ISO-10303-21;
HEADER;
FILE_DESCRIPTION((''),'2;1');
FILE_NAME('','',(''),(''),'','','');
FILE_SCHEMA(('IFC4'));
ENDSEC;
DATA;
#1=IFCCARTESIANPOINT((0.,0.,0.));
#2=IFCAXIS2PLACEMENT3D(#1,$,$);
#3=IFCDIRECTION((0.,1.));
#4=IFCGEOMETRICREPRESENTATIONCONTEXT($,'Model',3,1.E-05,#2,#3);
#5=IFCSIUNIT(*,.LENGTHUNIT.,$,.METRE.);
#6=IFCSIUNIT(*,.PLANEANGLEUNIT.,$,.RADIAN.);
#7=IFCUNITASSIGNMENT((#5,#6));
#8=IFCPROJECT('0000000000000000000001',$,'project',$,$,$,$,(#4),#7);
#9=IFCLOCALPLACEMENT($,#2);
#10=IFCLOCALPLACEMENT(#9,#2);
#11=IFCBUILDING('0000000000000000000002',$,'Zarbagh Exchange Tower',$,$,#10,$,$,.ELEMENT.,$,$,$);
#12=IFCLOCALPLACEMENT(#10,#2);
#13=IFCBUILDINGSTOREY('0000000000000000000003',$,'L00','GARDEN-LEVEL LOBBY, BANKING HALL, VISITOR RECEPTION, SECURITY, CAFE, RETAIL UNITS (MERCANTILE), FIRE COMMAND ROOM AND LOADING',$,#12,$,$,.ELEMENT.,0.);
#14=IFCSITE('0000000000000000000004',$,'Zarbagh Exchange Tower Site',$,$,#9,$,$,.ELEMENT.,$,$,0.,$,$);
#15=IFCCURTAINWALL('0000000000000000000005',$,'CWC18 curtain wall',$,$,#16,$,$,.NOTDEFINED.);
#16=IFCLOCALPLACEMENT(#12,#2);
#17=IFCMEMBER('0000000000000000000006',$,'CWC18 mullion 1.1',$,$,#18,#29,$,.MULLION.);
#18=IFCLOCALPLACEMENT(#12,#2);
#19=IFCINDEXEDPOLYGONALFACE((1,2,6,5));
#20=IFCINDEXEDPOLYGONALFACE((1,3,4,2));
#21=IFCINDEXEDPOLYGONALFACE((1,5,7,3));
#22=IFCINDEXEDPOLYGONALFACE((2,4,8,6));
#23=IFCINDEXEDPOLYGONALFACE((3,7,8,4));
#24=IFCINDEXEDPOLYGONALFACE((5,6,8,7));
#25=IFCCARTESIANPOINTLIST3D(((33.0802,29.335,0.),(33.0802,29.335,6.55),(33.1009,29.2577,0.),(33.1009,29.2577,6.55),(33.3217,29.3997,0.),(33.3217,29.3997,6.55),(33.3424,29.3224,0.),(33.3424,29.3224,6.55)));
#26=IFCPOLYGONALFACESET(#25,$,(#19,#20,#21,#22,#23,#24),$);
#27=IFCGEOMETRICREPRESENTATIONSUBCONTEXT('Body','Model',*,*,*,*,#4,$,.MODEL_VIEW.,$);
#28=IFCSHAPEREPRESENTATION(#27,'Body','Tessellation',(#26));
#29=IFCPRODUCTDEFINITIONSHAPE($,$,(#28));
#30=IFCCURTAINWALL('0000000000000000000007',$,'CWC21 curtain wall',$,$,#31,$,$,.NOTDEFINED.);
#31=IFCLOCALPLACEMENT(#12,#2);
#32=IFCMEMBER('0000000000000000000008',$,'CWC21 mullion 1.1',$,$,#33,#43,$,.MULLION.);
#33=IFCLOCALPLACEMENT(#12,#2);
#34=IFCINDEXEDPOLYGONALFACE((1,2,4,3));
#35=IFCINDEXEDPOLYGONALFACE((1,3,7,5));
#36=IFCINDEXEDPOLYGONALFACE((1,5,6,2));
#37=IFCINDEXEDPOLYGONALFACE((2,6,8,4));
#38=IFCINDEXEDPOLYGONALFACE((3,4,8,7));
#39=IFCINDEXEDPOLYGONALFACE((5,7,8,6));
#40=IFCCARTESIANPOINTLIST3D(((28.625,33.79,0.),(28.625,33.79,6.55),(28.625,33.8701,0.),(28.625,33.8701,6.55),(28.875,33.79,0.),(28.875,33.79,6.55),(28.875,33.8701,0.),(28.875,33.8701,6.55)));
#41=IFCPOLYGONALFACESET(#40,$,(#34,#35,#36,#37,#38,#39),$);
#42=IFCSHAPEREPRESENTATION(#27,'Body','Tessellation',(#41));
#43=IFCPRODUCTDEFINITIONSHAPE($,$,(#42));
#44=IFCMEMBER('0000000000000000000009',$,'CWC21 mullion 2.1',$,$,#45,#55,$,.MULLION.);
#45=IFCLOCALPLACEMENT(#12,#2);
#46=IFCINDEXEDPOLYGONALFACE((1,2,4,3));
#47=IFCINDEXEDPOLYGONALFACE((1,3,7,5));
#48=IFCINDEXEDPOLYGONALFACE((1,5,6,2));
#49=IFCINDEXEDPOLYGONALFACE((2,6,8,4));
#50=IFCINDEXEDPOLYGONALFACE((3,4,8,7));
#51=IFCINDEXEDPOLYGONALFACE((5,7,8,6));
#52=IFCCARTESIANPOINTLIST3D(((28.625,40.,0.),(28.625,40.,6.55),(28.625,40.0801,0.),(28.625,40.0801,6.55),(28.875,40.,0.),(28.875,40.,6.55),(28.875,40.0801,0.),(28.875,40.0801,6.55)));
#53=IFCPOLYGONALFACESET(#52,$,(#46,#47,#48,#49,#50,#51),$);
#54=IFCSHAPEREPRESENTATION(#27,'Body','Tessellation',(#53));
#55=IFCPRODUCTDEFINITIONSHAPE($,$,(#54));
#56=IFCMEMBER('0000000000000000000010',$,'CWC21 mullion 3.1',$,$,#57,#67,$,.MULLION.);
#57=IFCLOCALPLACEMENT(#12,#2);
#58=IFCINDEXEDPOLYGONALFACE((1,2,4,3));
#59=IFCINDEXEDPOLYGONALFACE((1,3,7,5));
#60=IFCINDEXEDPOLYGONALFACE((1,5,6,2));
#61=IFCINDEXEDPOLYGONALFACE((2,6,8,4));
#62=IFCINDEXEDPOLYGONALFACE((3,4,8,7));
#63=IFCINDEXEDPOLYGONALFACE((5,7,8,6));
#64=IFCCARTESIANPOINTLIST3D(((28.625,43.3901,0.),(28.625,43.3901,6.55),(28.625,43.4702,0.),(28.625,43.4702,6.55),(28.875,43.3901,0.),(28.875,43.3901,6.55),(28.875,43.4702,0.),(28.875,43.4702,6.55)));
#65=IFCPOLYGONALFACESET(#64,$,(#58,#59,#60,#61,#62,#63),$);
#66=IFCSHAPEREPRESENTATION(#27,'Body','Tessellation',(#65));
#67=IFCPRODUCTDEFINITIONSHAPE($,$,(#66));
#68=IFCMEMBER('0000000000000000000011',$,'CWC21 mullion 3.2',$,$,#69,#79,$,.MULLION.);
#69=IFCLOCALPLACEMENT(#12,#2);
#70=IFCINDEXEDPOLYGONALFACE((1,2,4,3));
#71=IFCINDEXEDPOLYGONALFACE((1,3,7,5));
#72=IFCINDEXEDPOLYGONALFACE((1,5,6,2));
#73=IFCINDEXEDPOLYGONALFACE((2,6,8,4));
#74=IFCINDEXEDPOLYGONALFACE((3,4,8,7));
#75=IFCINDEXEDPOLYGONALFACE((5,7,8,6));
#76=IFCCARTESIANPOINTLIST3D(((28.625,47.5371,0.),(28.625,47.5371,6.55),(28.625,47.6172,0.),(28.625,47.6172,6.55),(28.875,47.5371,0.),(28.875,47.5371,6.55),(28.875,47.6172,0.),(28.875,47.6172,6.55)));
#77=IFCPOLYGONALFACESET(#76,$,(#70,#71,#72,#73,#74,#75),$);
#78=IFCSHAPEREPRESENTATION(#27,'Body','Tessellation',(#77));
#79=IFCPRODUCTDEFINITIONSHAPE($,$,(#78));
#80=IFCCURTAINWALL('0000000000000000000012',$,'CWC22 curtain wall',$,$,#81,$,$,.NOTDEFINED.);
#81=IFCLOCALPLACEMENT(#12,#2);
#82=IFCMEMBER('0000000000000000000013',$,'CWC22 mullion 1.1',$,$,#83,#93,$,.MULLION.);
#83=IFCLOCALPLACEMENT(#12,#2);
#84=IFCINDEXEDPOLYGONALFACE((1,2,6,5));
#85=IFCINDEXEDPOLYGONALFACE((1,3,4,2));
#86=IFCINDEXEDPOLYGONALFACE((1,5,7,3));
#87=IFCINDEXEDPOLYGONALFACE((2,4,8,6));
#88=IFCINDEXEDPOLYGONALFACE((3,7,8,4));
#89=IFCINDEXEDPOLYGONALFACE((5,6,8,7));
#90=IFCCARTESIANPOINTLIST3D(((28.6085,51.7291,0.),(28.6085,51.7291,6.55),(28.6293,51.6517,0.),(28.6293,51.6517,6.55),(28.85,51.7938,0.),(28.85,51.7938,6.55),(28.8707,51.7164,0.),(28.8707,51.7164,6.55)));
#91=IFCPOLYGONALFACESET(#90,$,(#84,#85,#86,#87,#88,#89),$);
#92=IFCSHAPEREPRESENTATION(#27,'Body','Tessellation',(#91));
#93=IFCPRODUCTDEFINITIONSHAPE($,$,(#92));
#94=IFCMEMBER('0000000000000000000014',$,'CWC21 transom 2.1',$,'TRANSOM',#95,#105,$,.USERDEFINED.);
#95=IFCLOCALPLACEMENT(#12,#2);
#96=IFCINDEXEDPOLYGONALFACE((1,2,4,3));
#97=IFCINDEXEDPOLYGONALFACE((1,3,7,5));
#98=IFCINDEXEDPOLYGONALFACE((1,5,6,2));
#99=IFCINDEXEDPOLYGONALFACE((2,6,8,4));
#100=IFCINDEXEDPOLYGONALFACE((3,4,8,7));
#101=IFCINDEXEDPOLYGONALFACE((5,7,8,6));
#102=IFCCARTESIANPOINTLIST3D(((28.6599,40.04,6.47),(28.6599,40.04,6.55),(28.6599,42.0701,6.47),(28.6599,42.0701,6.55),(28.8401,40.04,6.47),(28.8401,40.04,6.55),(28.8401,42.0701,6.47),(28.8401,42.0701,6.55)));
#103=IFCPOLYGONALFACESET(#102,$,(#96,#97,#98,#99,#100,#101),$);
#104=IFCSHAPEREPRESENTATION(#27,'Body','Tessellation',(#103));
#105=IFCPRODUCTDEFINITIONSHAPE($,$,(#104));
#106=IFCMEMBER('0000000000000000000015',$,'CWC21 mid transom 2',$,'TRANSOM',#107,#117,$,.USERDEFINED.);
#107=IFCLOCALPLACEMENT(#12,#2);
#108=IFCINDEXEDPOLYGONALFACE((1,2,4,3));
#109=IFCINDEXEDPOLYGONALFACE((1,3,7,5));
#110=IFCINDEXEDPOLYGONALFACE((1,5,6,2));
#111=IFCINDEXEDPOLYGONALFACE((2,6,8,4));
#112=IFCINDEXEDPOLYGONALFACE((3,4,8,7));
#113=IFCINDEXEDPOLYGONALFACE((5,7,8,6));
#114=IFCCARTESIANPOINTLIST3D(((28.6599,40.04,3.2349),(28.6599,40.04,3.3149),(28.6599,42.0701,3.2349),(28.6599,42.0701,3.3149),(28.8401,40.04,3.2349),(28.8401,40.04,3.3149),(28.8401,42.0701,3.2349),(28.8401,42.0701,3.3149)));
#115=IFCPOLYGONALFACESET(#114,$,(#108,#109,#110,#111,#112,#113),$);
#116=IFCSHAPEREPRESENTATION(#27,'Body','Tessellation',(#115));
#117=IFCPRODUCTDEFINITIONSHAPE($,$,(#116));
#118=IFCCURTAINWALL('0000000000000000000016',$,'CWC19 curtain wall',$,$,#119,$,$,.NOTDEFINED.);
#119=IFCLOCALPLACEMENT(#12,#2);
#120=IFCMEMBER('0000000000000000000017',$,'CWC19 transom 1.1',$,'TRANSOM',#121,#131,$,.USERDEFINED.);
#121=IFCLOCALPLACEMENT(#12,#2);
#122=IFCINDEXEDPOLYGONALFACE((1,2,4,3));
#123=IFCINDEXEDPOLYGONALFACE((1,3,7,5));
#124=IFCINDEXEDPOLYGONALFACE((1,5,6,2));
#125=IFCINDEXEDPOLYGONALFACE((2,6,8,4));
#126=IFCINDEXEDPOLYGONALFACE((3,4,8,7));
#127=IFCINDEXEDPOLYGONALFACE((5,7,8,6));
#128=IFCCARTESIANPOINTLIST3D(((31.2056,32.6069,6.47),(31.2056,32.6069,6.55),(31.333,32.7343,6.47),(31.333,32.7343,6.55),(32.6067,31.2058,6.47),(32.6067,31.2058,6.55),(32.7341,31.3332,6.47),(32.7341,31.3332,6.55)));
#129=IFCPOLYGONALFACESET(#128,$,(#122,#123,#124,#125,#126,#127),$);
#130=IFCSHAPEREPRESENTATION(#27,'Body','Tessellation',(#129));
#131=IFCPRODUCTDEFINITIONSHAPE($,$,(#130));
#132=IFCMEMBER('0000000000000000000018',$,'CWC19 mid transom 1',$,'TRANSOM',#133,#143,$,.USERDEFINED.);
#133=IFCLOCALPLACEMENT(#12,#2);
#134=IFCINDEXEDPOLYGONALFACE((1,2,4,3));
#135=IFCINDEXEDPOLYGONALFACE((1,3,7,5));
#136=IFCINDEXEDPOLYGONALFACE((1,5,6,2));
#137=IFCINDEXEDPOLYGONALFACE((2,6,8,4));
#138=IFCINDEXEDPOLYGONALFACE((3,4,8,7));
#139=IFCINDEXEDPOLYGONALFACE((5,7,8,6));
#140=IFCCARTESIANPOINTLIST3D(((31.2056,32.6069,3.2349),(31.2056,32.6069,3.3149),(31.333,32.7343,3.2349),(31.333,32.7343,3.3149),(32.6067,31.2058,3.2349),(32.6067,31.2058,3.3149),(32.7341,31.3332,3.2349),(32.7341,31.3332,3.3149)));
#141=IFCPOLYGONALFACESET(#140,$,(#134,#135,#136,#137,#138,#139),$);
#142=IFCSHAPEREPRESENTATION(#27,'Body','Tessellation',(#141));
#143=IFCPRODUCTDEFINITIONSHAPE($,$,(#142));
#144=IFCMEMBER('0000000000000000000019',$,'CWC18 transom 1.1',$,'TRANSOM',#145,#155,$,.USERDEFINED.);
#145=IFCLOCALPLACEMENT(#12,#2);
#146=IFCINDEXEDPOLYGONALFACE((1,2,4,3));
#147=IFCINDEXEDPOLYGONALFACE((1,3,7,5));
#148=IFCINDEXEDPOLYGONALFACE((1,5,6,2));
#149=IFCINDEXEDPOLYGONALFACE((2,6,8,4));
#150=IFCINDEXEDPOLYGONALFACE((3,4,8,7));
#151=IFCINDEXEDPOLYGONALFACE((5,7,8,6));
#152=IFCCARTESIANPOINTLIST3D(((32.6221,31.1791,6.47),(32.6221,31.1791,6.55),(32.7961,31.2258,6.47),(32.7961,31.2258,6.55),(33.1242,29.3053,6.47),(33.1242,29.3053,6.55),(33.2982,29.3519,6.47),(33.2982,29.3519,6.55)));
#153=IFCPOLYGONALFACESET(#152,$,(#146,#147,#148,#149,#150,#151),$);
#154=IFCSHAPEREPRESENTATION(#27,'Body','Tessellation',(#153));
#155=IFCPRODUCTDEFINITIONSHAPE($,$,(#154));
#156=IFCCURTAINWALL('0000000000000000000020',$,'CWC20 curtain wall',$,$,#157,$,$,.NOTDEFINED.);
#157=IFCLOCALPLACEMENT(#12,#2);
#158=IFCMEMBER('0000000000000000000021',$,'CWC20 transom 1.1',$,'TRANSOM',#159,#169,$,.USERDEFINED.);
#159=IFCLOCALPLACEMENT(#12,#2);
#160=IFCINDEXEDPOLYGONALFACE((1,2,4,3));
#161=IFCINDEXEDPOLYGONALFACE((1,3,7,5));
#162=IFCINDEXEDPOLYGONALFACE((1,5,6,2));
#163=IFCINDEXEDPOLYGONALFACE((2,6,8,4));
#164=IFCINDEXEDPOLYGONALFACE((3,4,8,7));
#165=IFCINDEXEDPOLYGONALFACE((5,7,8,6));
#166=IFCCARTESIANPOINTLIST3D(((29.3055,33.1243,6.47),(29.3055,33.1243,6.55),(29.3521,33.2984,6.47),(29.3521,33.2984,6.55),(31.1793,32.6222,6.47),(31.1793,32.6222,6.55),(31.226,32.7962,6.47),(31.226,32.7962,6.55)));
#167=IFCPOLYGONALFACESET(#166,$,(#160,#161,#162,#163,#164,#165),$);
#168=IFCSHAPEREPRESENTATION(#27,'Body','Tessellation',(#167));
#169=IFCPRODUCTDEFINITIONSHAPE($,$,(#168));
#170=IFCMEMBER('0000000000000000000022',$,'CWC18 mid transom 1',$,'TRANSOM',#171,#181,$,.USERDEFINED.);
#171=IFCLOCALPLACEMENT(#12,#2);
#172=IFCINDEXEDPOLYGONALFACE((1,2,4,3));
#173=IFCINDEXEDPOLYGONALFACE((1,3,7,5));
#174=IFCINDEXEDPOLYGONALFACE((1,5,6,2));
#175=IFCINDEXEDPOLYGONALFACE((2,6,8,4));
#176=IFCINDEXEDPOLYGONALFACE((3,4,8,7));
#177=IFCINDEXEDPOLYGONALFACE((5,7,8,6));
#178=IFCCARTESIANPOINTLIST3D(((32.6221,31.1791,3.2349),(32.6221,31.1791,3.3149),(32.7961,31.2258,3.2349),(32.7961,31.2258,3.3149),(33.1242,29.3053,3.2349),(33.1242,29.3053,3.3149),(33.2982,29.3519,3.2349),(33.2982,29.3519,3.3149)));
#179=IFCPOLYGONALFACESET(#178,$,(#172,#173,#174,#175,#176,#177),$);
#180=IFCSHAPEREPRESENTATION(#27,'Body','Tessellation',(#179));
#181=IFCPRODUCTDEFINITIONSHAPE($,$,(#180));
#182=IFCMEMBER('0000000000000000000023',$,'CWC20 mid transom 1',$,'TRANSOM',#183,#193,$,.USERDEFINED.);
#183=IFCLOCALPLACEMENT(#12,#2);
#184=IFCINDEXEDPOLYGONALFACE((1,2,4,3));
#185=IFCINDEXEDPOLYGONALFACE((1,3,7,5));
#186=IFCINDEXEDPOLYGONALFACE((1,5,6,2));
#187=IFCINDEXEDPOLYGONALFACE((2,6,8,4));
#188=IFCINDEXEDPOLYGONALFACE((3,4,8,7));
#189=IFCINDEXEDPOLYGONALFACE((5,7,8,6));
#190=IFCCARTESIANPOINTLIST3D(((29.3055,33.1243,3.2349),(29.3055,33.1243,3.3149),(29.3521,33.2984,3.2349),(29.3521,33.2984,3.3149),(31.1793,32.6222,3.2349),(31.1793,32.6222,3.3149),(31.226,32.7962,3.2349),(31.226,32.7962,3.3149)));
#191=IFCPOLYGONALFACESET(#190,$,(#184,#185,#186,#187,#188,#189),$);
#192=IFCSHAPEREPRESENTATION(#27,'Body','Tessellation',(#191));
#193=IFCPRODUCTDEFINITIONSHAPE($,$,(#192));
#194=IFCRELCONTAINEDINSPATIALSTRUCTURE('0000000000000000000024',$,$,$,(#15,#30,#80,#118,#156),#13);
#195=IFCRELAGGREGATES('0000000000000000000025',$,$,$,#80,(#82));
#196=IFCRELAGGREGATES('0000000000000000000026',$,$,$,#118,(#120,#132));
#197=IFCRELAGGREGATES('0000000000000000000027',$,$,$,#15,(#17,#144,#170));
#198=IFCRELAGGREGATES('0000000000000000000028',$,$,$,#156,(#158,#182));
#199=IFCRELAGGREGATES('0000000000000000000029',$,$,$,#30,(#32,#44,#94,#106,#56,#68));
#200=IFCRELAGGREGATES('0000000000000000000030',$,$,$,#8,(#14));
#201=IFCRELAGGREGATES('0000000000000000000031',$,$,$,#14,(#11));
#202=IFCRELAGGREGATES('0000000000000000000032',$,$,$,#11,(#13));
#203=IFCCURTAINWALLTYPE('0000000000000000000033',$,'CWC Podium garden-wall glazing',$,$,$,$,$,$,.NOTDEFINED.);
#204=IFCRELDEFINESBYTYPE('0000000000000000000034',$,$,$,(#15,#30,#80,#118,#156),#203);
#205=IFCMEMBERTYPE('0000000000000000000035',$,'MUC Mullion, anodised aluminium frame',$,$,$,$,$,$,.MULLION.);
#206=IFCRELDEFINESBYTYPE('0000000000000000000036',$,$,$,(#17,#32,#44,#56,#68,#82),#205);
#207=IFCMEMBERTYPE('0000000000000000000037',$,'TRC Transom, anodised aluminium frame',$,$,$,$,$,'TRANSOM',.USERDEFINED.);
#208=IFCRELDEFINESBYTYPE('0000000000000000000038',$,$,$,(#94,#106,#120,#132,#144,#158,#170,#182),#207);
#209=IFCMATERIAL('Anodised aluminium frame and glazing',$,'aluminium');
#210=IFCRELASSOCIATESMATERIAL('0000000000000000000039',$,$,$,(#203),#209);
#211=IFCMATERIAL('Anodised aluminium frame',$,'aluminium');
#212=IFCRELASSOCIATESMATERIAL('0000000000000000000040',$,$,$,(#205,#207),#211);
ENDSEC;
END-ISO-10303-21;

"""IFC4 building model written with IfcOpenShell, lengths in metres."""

from ifc_helpers import new_model, si_unit, direction, origin, place, context, subcontext, project, spatial, polyline, outline, extrude, source, transform, mapped, material, type_object, element, aggregate, save


model = new_model("IFC4")

# Units and contexts
model_context = context("Model", 3, precision=1e-05, world=origin(), true_north=direction((0.0, 1.0)))
body_context = subcontext(model_context, "Body", "Model", "MODEL_VIEW")
ifc_project = project(units=[si_unit("LENGTHUNIT", "METRE"), si_unit("PLANEANGLEUNIT", "RADIAN")], contexts=[model_context])

# Site, building, storey
site_placement = place(None, origin())
site = spatial("IfcSite", under=ifc_project, at=site_placement, Name="Zarbagh Exchange Tower Site", CompositionType="ELEMENT", RefElevation=0.0)
building_placement = place(site_placement, origin())
building = spatial("IfcBuilding", under=site, at=building_placement, Name="Zarbagh Exchange Tower", CompositionType="ELEMENT")
storey_placement = place(building_placement, origin())
storey = spatial("IfcBuildingStorey", under=building, at=storey_placement, Name="L00", Description="GARDEN-LEVEL LOBBY, BANKING HALL, VISITOR RECEPTION, SECURITY, CAFE, RETAIL UNITS (MERCANTILE), FIRE COMMAND ROOM AND LOADING", CompositionType="ELEMENT", Elevation=0.0)

# Curtain wall, member
ifc_material_1 = material(Name="Anodised aluminium frame and glazing", Category="aluminium")
curtain_wall_type = type_object("IfcCurtainWallType", Name="CWC Podium garden-wall glazing", PredefinedType="NOTDEFINED", material=ifc_material_1)
curtain_wall_1_placement = place(storey_placement, origin())
curtain_wall_1 = element("IfcCurtainWall", 1, at=curtain_wall_1_placement, inside=storey, type_object=curtain_wall_type, Name="CWC18 curtain wall", PredefinedType="NOTDEFINED")
ifc_material_2 = material(Name="Anodised aluminium frame", Category="aluminium")
member_type_1 = type_object("IfcMemberType", Name="MUC Mullion, anodised aluminium frame", PredefinedType="MULLION", material=ifc_material_2)
shared_shape_1 = source(origin(), body_context, "Body", "SweptSolid", [
    extrude(outline(polyline([(0.0, -0.125), (0.0801, -0.125), (0.0801, 0.125), (0.0, 0.125), (0.0, -0.125)])), origin(), (0.0, 0.0, 1.0), 6.55),
])
placement = place(storey_placement, origin())
member_1 = element("IfcMember", 2, at=placement, type_object=member_type_1, Name="CWC18 mullion 1.1", PredefinedType="MULLION", context=body_context, shape_type="MappedRepresentation", body=[
    mapped(shared_shape_1, transform((33.2217, 29.29, 0.0), x_axis=(-0.258825, 0.965924, 0.0), y_axis=(-0.965924, -0.258825, 0.0), z_axis=(0.0, 0.0, 1.0))),
])

# Curtain wall, members
curtain_wall_2_placement = place(storey_placement, origin())
curtain_wall_2 = element("IfcCurtainWall", 3, at=curtain_wall_2_placement, inside=storey, type_object=curtain_wall_type, Name="CWC21 curtain wall", PredefinedType="NOTDEFINED")
member_2 = element("IfcMember", 4, at=placement, type_object=member_type_1, Name="CWC21 mullion 1.1", PredefinedType="MULLION", context=body_context, shape_type="MappedRepresentation", body=[
    mapped(shared_shape_1, transform((28.75, 33.79, 0.0), x_axis=(0.0, 1.0, 0.0), y_axis=(-1.0, 0.0, 0.0), z_axis=(0.0, 0.0, 1.0))),
])
member_3 = element("IfcMember", 5, at=placement, type_object=member_type_1, Name="CWC21 mullion 2.1", PredefinedType="MULLION", context=body_context, shape_type="MappedRepresentation", body=[
    mapped(shared_shape_1, transform((28.75, 40.0, 0.0), x_axis=(0.0, 1.0, 0.0), y_axis=(-1.0, 0.0, 0.0), z_axis=(0.0, 0.0, 1.0))),
])
member_4 = element("IfcMember", 6, at=placement, type_object=member_type_1, Name="CWC21 mullion 3.1", PredefinedType="MULLION", context=body_context, shape_type="MappedRepresentation", body=[
    mapped(shared_shape_1, transform((28.75, 43.3901, 0.0), x_axis=(0.0, 1.0, 0.0), y_axis=(-1.0, 0.0, 0.0), z_axis=(0.0, 0.0, 1.0))),
])
member_5 = element("IfcMember", 7, at=placement, type_object=member_type_1, Name="CWC21 mullion 3.2", PredefinedType="MULLION", context=body_context, shape_type="MappedRepresentation", body=[
    mapped(shared_shape_1, transform((28.75, 47.5371, 0.0), x_axis=(0.0, 1.0, 0.0), y_axis=(-1.0, 0.0, 0.0), z_axis=(0.0, 0.0, 1.0))),
])

# Curtain wall, member
curtain_wall_3_placement = place(storey_placement, origin())
curtain_wall_3 = element("IfcCurtainWall", 8, at=curtain_wall_3_placement, inside=storey, type_object=curtain_wall_type, Name="CWC22 curtain wall", PredefinedType="NOTDEFINED")
member_6 = element("IfcMember", 9, at=placement, type_object=member_type_1, Name="CWC22 mullion 1.1", PredefinedType="MULLION", context=body_context, shape_type="MappedRepresentation", body=[
    mapped(shared_shape_1, transform((28.75, 51.6841, 0.0), x_axis=(-0.258825, 0.965924, 0.0), y_axis=(-0.965924, -0.258825, 0.0), z_axis=(0.0, 0.0, 1.0))),
])
aggregate(curtain_wall_3, [member_6])

# Members
member_type_2 = type_object("IfcMemberType", Name="TRC Transom, anodised aluminium frame", ElementType="TRANSOM", PredefinedType="USERDEFINED", material=ifc_material_2)
shared_shape_2 = source(origin(), body_context, "Body", "SweptSolid", [
    extrude(outline(polyline([(-0.0801, -0.0901), (0.0, -0.0901), (0.0, 0.0901), (-0.0801, 0.0901), (-0.0801, -0.0901)])), origin(), (0.0, 0.0, 1.0), 2.03),
])
member_7 = element("IfcMember", 10, at=placement, type_object=member_type_2, Name="CWC21 transom 2.1", ObjectType="TRANSOM", PredefinedType="USERDEFINED", context=body_context, shape_type="MappedRepresentation", body=[
    mapped(shared_shape_2, transform((28.75, 40.04, 6.55), x_axis=(0.0, 0.0, 1.0), y_axis=(1.0, 0.0, 0.0), z_axis=(0.0, 1.0, 0.0))),
])
shared_shape_3 = source(origin(), body_context, "Body", "SweptSolid", [
    extrude(outline(polyline([(-0.04, -0.0901), (0.04, -0.0901), (0.04, 0.0901), (-0.04, 0.0901), (-0.04, -0.0901)])), origin(), (0.0, 0.0, 1.0), 2.03),
])
member_8 = element("IfcMember", 11, at=placement, type_object=member_type_2, Name="CWC21 mid transom 2", ObjectType="TRANSOM", PredefinedType="USERDEFINED", context=body_context, shape_type="MappedRepresentation", body=[
    mapped(shared_shape_3, transform((28.75, 40.04, 3.2749), x_axis=(0.0, 0.0, 1.0), y_axis=(1.0, 0.0, 0.0), z_axis=(0.0, 1.0, 0.0))),
])

# Curtain wall, members
curtain_wall_4_placement = place(storey_placement, origin())
curtain_wall_4 = element("IfcCurtainWall", 12, at=curtain_wall_4_placement, inside=storey, type_object=curtain_wall_type, Name="CWC19 curtain wall", PredefinedType="NOTDEFINED")
shared_shape_4 = source(origin(), body_context, "Body", "SweptSolid", [
    extrude(outline(polyline([(-0.0801, -0.0901), (0.0, -0.0901), (0.0, 0.0901), (-0.0801, 0.0901), (-0.0801, -0.0901)])), origin(), (0.0, 0.0, 1.0), 1.9814),
])
member_9 = element("IfcMember", 13, at=placement, type_object=member_type_2, Name="CWC19 transom 1.1", ObjectType="TRANSOM", PredefinedType="USERDEFINED", context=body_context, shape_type="MappedRepresentation", body=[
    mapped(shared_shape_4, transform((32.6704, 31.2695, 6.55), x_axis=(0.0, 0.0, 1.0), y_axis=(0.707107, 0.707107, 0.0), z_axis=(-0.707107, 0.707107, 0.0))),
])
shared_shape_5 = source(origin(), body_context, "Body", "SweptSolid", [
    extrude(outline(polyline([(-0.04, -0.0901), (0.04, -0.0901), (0.04, 0.0901), (-0.04, 0.0901), (-0.04, -0.0901)])), origin(), (0.0, 0.0, 1.0), 1.9814),
])
member_10 = element("IfcMember", 14, at=placement, type_object=member_type_2, Name="CWC19 mid transom 1", ObjectType="TRANSOM", PredefinedType="USERDEFINED", context=body_context, shape_type="MappedRepresentation", body=[
    mapped(shared_shape_5, transform((32.6704, 31.2695, 3.2749), x_axis=(0.0, 0.0, 1.0), y_axis=(0.707107, 0.707107, 0.0), z_axis=(-0.707107, 0.707107, 0.0))),
])

# Member
shared_shape_6 = source(origin(), body_context, "Body", "SweptSolid", [
    extrude(outline(polyline([(-0.0801, -0.0901), (0.0, -0.0901), (0.0, 0.0901), (-0.0801, 0.0901), (-0.0801, -0.0901)])), origin(), (0.0, 0.0, 1.0), 1.9399),
])
member_11 = element("IfcMember", 15, at=placement, type_object=member_type_2, Name="CWC18 transom 1.1", ObjectType="TRANSOM", PredefinedType="USERDEFINED", context=body_context, shape_type="MappedRepresentation", body=[
    mapped(shared_shape_6, transform((33.2112, 29.3286, 6.55), x_axis=(0.0, 0.0, 1.0), y_axis=(0.965924, 0.258825, 0.0), z_axis=(-0.258825, 0.965924, 0.0))),
])

# Curtain wall, member
curtain_wall_5_placement = place(storey_placement, origin())
curtain_wall_5 = element("IfcCurtainWall", 16, at=curtain_wall_5_placement, inside=storey, type_object=curtain_wall_type, Name="CWC20 curtain wall", PredefinedType="NOTDEFINED")
member_12 = element("IfcMember", 17, at=placement, type_object=member_type_2, Name="CWC20 transom 1.1", ObjectType="TRANSOM", PredefinedType="USERDEFINED", context=body_context, shape_type="MappedRepresentation", body=[
    mapped(shared_shape_6, transform((31.2026, 32.7092, 6.55), x_axis=(0.0, 0.0, 1.0), y_axis=(0.258825, 0.965924, 0.0), z_axis=(-0.965924, 0.258825, 0.0))),
])

# Members
shared_shape_7 = source(origin(), body_context, "Body", "SweptSolid", [
    extrude(outline(polyline([(-0.04, -0.0901), (0.04, -0.0901), (0.04, 0.0901), (-0.04, 0.0901), (-0.04, -0.0901)])), origin(), (0.0, 0.0, 1.0), 1.9399),
])
member_13 = element("IfcMember", 18, at=placement, type_object=member_type_2, Name="CWC18 mid transom 1", ObjectType="TRANSOM", PredefinedType="USERDEFINED", context=body_context, shape_type="MappedRepresentation", body=[
    mapped(shared_shape_7, transform((33.2112, 29.3286, 3.2749), x_axis=(0.0, 0.0, 1.0), y_axis=(0.965924, 0.258825, 0.0), z_axis=(-0.258825, 0.965924, 0.0))),
])
member_14 = element("IfcMember", 19, at=placement, type_object=member_type_2, Name="CWC20 mid transom 1", ObjectType="TRANSOM", PredefinedType="USERDEFINED", context=body_context, shape_type="MappedRepresentation", body=[
    mapped(shared_shape_7, transform((31.2026, 32.7092, 3.2749), x_axis=(0.0, 0.0, 1.0), y_axis=(0.258825, 0.965924, 0.0), z_axis=(-0.965924, 0.258825, 0.0))),
])

aggregate(curtain_wall_4, [member_9, member_10])
aggregate(curtain_wall_1, [member_1, member_11, member_13])
aggregate(curtain_wall_5, [member_12, member_14])

aggregate(curtain_wall_2, [member_2, member_3, member_7, member_8, member_4, member_5])

save(model, "model.ifc")
